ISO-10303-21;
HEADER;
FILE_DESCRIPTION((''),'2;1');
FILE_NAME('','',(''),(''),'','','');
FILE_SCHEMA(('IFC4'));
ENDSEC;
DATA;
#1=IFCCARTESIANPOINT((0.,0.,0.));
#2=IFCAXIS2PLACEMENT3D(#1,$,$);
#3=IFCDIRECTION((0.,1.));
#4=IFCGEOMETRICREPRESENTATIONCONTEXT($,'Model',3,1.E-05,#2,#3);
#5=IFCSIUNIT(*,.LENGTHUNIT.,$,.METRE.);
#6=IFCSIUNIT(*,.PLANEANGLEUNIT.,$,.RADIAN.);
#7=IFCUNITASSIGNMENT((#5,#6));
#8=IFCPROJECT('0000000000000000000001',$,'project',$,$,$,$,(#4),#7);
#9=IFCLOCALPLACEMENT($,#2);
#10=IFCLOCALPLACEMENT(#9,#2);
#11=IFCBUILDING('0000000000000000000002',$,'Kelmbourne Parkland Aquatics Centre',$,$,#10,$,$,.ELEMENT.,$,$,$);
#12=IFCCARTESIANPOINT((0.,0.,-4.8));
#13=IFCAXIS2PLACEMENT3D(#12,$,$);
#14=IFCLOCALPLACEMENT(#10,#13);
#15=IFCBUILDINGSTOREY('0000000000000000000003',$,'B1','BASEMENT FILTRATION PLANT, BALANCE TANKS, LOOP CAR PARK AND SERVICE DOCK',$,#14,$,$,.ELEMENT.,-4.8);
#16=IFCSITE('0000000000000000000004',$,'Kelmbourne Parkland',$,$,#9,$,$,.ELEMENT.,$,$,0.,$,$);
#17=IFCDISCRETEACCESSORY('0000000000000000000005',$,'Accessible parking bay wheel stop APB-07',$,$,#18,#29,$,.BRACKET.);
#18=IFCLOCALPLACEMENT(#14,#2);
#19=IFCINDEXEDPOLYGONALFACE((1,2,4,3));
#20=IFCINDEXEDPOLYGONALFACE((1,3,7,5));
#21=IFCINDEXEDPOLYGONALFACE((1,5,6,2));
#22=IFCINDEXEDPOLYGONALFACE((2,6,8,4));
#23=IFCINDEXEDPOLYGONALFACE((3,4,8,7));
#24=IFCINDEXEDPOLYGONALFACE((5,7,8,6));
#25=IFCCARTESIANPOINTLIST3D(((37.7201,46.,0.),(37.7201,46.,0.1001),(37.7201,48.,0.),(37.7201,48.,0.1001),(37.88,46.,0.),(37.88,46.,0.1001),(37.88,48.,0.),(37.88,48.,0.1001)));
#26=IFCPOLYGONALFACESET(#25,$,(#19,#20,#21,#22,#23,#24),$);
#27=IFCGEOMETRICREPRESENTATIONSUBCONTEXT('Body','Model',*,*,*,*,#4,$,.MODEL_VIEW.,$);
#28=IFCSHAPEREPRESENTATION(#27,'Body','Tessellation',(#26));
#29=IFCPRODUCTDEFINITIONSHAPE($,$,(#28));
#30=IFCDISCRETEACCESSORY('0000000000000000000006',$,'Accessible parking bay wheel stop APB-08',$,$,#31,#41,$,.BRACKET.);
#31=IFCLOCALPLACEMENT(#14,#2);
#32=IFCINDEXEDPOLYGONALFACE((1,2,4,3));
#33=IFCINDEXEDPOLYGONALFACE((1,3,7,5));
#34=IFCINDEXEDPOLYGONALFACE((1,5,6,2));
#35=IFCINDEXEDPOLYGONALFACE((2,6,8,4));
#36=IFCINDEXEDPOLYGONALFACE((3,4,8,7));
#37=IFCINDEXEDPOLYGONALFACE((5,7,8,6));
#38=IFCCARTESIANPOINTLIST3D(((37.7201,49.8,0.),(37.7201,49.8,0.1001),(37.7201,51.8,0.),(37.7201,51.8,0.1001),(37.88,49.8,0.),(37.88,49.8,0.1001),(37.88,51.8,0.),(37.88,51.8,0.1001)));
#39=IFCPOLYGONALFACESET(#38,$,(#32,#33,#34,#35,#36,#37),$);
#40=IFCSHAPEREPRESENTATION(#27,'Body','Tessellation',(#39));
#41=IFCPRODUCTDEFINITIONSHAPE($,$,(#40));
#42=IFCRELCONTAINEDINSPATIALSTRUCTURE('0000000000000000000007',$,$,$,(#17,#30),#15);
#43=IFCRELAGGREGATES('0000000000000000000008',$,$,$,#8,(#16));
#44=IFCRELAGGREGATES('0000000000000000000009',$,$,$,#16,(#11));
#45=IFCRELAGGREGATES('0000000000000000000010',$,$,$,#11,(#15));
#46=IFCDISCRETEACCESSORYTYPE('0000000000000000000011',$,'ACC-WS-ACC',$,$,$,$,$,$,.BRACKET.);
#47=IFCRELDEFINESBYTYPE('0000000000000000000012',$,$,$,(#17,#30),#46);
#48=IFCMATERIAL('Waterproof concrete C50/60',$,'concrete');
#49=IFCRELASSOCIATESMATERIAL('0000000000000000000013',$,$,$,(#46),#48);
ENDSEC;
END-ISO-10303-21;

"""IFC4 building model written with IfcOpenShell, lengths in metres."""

from ifc_helpers import new_model, si_unit, direction, frame, origin, origin_2d, place, context, subcontext, project, spatial, rectangle, extrude, material, type_object, element, save


model = new_model("IFC4")

# Units and contexts
model_context = context("Model", 3, precision=1e-05, world=origin(), true_north=direction((0.0, 1.0)))
body_context = subcontext(model_context, "Body", "Model", "MODEL_VIEW")
ifc_project = project(units=[si_unit("LENGTHUNIT", "METRE"), si_unit("PLANEANGLEUNIT", "RADIAN")], contexts=[model_context])

# Site, building, storey
site_placement = place(None, origin())
site = spatial("IfcSite", under=ifc_project, at=site_placement, Name="Kelmbourne Parkland", CompositionType="ELEMENT", RefElevation=0.0)
building_placement = place(site_placement, origin())
building = spatial("IfcBuilding", under=site, at=building_placement, Name="Kelmbourne Parkland Aquatics Centre", CompositionType="ELEMENT")
storey_placement = place(building_placement, frame((0.0, 0.0, -4.8)))
storey = spatial("IfcBuildingStorey", under=building, at=storey_placement, Name="B1", Description="BASEMENT FILTRATION PLANT, BALANCE TANKS, LOOP CAR PARK AND SERVICE DOCK", CompositionType="ELEMENT", Elevation=-4.8)

# Shared definitions
ifc_material_1 = material(Name="Waterproof concrete C50/60", Category="concrete")

# Discrete accessories
discrete_accessory_type = type_object("IfcDiscreteAccessoryType", Name="ACC-WS-ACC", PredefinedType="BRACKET", material=ifc_material_1)
for number, where, z_axis, x_axis, name in (
    (1, (37.8, 47.0, 0.0), (0.0, 0.0, 1.0), (1.0, 0.0, 0.0), "Accessible parking bay wheel stop APB-07"),
    (2, (37.8, 50.8, 0.0), (0.0, 0.0, 1.0), (1.0, 0.0, 0.0), "Accessible parking bay wheel stop APB-08"),
):
    element("IfcDiscreteAccessory", number, at=place(storey_placement, frame(where, z_axis=z_axis, x_axis=x_axis)), inside=storey, type_object=discrete_accessory_type, Name=name, PredefinedType="BRACKET", context=body_context, shape_type="SweptSolid", body=[
        extrude(rectangle(XDim=0.1599, YDim=2.0, at=origin_2d()), origin(), (0.0, 0.0, 1.0), 0.1001),
    ])

save(model, "model.ifc")
